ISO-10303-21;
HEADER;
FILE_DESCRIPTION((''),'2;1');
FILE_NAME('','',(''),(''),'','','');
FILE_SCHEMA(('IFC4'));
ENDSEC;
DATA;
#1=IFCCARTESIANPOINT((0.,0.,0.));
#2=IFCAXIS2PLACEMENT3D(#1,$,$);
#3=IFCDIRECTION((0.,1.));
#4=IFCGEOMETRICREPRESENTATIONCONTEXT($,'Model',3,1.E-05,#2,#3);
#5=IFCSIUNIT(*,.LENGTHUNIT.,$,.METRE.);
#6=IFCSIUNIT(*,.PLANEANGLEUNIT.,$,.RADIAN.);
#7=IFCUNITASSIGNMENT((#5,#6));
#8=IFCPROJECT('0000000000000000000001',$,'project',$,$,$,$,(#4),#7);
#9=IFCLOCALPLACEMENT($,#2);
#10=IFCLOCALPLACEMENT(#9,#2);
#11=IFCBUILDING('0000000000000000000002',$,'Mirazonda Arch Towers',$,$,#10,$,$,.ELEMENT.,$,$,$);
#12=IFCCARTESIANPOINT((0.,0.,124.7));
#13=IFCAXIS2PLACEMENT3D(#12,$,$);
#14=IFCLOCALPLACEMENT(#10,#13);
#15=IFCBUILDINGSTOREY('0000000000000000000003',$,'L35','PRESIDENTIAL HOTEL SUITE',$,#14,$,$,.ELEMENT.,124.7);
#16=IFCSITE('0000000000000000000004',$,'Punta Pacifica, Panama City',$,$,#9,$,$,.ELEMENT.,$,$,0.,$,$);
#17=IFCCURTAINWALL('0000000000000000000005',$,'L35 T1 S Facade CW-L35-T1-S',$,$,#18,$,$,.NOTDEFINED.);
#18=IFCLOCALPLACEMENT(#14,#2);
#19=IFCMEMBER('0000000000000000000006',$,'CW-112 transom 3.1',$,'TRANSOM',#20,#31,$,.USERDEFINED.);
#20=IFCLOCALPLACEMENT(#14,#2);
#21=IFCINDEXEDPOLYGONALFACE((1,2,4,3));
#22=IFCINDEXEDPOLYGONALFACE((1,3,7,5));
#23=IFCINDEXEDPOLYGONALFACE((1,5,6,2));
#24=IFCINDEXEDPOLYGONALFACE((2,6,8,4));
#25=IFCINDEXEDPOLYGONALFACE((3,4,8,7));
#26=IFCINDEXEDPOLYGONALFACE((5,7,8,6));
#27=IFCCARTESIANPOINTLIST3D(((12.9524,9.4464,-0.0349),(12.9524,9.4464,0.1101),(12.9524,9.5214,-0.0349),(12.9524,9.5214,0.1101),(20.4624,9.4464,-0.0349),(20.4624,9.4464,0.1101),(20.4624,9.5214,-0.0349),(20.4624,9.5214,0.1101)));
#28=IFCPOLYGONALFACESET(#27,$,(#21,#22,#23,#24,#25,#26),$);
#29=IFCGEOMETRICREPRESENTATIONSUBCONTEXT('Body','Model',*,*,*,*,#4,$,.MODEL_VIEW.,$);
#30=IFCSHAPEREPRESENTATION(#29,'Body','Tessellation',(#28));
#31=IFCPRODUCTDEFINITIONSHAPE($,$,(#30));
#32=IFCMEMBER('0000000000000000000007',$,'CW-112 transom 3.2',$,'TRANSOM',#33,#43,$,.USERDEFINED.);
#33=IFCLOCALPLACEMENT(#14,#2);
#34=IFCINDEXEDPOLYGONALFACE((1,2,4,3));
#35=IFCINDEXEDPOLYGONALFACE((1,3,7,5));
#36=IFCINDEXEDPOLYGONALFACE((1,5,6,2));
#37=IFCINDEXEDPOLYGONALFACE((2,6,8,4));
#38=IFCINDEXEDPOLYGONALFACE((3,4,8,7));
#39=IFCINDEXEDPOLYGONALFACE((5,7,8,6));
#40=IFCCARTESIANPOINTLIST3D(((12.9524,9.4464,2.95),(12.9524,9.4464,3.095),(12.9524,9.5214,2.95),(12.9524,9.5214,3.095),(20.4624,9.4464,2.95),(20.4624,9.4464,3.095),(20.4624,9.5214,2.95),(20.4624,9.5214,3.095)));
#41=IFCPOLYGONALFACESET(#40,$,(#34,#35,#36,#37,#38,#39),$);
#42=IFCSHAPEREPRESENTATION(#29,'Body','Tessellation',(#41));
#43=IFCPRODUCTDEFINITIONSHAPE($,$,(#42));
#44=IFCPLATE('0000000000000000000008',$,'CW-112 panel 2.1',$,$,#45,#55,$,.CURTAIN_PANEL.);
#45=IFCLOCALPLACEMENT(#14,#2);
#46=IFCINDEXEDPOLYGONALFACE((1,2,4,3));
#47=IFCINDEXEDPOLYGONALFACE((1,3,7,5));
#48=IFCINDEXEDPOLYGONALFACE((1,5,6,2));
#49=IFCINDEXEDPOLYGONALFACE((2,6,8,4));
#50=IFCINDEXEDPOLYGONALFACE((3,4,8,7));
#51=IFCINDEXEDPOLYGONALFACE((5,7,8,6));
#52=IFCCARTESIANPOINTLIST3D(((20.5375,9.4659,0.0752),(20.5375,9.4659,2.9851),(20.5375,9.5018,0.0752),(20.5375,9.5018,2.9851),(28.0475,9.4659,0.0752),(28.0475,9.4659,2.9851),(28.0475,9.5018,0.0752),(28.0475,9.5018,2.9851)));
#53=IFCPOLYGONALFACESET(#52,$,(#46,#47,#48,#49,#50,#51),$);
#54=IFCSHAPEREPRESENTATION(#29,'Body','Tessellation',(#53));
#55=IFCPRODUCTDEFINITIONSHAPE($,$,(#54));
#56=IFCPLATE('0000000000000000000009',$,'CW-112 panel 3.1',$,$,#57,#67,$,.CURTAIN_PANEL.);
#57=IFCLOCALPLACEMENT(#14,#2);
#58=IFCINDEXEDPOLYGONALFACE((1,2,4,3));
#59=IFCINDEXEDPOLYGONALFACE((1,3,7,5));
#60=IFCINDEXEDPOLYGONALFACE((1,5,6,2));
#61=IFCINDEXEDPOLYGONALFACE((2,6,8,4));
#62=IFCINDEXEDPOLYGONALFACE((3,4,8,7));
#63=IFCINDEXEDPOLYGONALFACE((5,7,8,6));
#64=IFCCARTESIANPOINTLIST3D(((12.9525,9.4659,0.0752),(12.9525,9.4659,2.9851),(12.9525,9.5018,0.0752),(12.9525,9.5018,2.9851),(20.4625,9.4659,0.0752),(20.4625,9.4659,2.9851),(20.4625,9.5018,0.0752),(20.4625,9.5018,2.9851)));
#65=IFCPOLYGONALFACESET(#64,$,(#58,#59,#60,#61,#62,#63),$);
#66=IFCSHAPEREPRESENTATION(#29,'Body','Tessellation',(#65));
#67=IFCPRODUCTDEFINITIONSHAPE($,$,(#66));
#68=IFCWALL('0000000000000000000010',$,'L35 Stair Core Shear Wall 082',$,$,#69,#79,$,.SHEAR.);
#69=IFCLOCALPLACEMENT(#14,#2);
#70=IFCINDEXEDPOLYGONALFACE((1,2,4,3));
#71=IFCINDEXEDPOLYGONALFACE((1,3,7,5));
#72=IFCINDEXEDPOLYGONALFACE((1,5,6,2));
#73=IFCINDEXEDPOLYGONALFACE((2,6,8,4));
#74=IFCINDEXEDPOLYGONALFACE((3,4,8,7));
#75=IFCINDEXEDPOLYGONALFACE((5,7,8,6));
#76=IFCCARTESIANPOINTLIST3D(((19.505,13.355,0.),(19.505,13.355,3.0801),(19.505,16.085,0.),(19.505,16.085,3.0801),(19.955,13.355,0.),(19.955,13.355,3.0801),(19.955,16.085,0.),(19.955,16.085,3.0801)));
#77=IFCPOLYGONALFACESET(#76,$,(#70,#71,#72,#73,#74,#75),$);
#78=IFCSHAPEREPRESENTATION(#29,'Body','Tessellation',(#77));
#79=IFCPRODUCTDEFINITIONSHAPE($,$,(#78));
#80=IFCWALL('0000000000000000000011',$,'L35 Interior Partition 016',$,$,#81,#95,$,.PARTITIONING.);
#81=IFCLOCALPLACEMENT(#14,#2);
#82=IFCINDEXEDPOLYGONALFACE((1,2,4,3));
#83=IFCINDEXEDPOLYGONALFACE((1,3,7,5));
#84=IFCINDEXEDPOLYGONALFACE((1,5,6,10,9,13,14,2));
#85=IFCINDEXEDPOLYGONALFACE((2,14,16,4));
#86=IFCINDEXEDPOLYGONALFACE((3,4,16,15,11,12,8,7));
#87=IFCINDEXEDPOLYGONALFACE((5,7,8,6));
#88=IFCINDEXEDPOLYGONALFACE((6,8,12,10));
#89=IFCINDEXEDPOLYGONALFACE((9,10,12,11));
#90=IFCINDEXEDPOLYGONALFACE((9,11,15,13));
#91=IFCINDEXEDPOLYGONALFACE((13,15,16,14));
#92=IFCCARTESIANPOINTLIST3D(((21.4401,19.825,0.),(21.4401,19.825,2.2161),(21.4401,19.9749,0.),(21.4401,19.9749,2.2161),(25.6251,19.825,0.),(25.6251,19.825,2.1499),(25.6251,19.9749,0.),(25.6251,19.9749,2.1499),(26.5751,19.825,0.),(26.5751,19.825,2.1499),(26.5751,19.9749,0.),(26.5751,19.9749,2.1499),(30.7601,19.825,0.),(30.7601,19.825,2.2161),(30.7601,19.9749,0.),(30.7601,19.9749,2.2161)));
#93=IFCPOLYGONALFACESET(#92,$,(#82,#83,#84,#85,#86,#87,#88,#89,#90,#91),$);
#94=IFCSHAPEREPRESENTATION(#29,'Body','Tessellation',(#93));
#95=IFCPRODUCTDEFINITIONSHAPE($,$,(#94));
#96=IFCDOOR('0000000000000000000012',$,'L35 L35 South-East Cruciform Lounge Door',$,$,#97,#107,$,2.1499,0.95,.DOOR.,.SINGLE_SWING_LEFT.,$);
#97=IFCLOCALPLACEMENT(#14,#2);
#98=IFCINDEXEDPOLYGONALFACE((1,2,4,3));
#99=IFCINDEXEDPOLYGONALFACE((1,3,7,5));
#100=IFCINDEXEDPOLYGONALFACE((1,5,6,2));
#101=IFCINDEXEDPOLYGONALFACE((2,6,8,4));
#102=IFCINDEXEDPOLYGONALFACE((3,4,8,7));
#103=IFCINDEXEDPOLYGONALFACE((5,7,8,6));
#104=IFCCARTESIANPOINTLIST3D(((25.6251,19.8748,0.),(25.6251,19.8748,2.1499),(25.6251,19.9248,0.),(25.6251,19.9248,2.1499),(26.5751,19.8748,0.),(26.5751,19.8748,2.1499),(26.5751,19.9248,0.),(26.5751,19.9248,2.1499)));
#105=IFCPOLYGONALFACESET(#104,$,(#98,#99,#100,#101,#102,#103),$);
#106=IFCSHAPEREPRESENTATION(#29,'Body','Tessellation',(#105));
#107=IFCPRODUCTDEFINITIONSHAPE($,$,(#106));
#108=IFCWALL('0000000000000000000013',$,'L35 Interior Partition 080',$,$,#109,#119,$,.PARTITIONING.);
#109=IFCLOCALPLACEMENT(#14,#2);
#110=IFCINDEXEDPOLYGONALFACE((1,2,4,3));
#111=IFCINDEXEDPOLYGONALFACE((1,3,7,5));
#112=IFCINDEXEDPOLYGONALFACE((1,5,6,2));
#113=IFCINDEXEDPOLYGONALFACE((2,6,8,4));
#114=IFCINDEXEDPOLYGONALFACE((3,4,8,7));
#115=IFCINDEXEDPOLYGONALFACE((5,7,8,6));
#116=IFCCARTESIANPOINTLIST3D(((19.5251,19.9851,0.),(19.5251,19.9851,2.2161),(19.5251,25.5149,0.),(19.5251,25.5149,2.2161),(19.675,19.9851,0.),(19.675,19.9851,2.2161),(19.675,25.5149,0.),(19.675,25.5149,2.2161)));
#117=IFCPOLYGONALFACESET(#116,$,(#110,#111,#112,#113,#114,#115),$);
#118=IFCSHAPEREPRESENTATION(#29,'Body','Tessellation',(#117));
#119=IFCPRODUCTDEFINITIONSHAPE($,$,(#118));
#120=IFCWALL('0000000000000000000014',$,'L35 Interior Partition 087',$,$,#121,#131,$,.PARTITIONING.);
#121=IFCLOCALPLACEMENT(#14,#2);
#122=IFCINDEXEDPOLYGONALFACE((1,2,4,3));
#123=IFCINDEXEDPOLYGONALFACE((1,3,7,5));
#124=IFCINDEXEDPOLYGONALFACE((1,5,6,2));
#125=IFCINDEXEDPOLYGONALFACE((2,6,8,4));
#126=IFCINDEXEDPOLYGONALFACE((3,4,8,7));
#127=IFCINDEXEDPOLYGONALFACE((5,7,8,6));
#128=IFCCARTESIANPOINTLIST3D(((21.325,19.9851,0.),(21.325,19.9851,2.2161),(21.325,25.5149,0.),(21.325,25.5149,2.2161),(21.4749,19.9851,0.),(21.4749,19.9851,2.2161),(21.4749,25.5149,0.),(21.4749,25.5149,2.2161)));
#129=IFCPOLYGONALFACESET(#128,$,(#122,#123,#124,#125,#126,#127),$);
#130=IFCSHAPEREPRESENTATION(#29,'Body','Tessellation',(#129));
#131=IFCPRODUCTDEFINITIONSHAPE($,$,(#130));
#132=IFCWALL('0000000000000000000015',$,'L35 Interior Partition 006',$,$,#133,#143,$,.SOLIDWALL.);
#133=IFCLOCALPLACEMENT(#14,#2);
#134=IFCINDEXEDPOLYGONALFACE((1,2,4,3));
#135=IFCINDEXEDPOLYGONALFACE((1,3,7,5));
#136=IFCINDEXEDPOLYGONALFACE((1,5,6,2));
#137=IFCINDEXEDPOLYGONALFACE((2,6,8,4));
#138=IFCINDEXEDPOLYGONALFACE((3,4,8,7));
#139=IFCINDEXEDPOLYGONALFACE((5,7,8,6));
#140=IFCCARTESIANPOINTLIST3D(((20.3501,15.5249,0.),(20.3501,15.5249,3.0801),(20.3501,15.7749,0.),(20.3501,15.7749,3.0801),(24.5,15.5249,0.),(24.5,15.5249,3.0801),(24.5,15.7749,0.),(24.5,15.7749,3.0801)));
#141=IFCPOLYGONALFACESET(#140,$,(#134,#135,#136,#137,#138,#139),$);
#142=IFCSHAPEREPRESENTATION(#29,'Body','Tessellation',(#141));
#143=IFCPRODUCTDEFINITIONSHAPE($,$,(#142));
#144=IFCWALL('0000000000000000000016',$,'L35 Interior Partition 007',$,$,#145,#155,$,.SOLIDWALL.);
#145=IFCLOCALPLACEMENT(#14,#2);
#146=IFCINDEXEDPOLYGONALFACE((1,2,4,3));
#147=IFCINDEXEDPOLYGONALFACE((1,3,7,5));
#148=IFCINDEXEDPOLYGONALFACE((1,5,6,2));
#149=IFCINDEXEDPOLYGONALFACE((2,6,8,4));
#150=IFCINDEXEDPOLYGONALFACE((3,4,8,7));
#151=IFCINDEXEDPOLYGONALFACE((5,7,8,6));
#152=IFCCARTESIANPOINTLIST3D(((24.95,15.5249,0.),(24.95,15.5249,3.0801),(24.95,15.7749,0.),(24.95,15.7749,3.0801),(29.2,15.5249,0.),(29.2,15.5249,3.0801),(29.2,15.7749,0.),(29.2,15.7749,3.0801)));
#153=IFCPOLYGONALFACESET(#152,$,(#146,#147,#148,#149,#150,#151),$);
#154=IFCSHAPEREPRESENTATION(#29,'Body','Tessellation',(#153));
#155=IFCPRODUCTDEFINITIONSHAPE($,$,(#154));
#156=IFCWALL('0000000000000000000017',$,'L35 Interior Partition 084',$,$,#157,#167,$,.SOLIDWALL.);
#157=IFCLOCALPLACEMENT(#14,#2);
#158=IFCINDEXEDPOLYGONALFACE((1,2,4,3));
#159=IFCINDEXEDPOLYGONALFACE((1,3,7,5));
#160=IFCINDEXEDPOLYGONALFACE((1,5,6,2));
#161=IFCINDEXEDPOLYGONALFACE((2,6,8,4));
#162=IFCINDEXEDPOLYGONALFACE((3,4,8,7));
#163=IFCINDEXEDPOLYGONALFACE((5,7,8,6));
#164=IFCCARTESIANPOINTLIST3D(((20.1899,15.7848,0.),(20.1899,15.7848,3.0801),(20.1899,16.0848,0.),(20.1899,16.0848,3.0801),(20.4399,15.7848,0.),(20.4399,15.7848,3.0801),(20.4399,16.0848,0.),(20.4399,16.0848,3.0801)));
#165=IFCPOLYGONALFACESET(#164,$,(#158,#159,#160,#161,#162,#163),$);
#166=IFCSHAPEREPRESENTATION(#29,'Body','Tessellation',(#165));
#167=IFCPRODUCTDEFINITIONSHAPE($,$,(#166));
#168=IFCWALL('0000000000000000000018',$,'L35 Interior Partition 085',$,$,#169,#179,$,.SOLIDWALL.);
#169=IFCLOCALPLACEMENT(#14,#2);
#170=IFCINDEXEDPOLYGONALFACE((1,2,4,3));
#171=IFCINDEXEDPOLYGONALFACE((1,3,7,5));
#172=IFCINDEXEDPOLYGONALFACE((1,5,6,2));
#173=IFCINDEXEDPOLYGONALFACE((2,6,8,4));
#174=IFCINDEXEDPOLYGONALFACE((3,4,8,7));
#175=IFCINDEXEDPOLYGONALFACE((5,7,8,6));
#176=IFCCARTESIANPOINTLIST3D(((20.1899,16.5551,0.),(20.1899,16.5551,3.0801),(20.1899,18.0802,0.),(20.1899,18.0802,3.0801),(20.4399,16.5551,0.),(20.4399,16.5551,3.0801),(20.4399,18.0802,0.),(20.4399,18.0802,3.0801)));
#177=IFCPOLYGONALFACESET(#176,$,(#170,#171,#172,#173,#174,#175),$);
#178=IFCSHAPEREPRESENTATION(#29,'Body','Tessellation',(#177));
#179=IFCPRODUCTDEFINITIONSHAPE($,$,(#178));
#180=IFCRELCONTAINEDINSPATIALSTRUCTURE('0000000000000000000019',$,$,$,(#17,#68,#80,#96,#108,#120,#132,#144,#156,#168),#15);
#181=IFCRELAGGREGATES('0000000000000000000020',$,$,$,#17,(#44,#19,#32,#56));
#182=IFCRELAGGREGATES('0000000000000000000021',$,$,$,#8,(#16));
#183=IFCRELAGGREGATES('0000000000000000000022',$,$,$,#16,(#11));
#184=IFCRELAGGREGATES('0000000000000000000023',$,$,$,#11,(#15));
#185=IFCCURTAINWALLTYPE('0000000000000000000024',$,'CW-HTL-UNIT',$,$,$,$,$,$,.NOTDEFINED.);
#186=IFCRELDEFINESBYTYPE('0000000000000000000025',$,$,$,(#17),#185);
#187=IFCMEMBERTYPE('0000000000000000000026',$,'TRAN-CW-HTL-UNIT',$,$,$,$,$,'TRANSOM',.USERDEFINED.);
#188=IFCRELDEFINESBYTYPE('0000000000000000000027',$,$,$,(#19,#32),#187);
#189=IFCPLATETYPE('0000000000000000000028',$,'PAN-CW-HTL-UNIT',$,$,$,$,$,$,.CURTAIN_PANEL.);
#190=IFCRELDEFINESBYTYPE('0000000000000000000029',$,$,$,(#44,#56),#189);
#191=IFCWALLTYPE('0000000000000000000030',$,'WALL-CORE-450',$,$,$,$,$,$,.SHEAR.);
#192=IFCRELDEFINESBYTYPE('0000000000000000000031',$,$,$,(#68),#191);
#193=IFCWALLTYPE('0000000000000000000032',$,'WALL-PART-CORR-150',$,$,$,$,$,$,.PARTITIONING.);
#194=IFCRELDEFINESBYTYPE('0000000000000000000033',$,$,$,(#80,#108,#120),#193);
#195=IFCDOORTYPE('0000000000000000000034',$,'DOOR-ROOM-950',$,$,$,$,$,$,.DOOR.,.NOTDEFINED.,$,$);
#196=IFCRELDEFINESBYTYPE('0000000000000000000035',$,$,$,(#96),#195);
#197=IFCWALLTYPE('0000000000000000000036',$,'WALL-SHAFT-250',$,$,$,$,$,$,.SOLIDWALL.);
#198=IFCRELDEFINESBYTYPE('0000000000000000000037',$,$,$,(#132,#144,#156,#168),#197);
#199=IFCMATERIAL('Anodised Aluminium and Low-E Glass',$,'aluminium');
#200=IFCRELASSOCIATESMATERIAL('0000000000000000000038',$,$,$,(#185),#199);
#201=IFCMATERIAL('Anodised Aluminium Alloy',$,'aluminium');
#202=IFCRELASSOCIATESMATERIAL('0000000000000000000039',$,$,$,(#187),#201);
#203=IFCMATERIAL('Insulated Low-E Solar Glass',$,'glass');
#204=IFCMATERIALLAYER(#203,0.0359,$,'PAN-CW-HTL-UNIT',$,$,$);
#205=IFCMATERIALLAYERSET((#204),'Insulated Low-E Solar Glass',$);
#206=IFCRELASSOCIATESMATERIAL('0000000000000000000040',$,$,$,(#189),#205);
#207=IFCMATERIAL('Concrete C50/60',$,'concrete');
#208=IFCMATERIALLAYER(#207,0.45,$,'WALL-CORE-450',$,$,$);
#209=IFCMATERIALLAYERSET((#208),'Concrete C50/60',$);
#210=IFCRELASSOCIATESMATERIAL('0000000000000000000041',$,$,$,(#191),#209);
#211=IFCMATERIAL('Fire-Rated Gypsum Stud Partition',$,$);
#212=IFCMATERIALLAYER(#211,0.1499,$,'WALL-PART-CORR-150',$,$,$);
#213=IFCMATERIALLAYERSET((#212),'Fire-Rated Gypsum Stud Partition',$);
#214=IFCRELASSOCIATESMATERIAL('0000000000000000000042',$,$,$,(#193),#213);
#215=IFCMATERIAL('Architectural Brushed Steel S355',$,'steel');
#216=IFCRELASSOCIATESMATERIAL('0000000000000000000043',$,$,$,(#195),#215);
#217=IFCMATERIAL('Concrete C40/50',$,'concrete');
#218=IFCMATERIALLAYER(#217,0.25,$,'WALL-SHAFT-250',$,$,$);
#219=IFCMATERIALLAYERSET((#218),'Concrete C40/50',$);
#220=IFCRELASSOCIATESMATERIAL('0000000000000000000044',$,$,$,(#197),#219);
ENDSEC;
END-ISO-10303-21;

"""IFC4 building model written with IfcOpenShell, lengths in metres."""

from ifc_helpers import new_model, si_unit, direction, frame, frame_2d, origin, origin_2d, place, context, subcontext, project, spatial, rectangle, extrude, material, layer, layer_set, material_profile, profile_set, type_object, element, fill, aggregate, save


model = new_model("IFC4")

# Units and contexts
model_context = context("Model", 3, precision=1e-05, world=origin(), true_north=direction((0.0, 1.0)))
body_context = subcontext(model_context, "Body", "Model", "MODEL_VIEW")
ifc_project = project(units=[si_unit("LENGTHUNIT", "METRE"), si_unit("PLANEANGLEUNIT", "RADIAN")], contexts=[model_context])

# Site, building, storey
site_placement = place(None, origin())
site = spatial("IfcSite", under=ifc_project, at=site_placement, Name="Punta Pacifica, Panama City", CompositionType="ELEMENT", RefElevation=0.0)
building_placement = place(site_placement, origin())
building = spatial("IfcBuilding", under=site, at=building_placement, Name="Mirazonda Arch Towers", CompositionType="ELEMENT")
storey_placement = place(building_placement, frame((0.0, 0.0, 124.7)))
storey = spatial("IfcBuildingStorey", under=building, at=storey_placement, Name="L35", Description="PRESIDENTIAL HOTEL SUITE", CompositionType="ELEMENT", Elevation=124.7)

# Shared definitions
ifc_material_1 = material(Name="Concrete C50/60", Category="concrete")

# Curtain wall, members, plates
ifc_material_2 = material(Name="Anodised Aluminium and Low-E Glass", Category="aluminium")
curtain_wall_type = type_object("IfcCurtainWallType", Name="CW-HTL-UNIT", PredefinedType="NOTDEFINED", material=ifc_material_2)
curtain_wall_placement = place(storey_placement, origin())
curtain_wall = element("IfcCurtainWall", 1, at=curtain_wall_placement, inside=storey, type_object=curtain_wall_type, Name="L35 T1 S Facade CW-L35-T1-S", PredefinedType="NOTDEFINED")
ifc_material_3 = material(Name="Anodised Aluminium Alloy", Category="aluminium")
ifc_material_profile_1 = material_profile(ifc_material_3, rectangle(XDim=0.075, YDim=0.145, at=origin_2d()), Name="ALU-TRAN-75x145")
ifc_profile_set_1 = profile_set([ifc_material_profile_1], Name="Anodised Aluminium Alloy")
member_type_1 = type_object("IfcMemberType", Name="TRAN-CW-HTL-UNIT", ElementType="TRANSOM", PredefinedType="USERDEFINED", material=ifc_profile_set_1)
member_1_placement = place(storey_placement, frame((20.4624, 9.4839, 0.0376), z_axis=(-1.0, 0.0, 0.0), x_axis=(0.0, -1.0, 0.0)))
member_1 = element("IfcMember", 2, at=member_1_placement, type_object=member_type_1, Name="CW-112 transom 3.1", ObjectType="TRANSOM", PredefinedType="USERDEFINED", context=body_context, shape_type="SweptSolid", body=[
    extrude(rectangle(XDim=0.075, YDim=0.145, at=origin_2d()), origin(), (0.0, 0.0, 1.0), 7.51),
])
member_2_placement = place(storey_placement, frame((20.4624, 9.4839, 3.0225), z_axis=(-1.0, 0.0, 0.0), x_axis=(0.0, -1.0, 0.0)))
member_2 = element("IfcMember", 3, at=member_2_placement, type_object=member_type_1, Name="CW-112 transom 3.2", ObjectType="TRANSOM", PredefinedType="USERDEFINED", context=body_context, shape_type="SweptSolid", body=[
    extrude(rectangle(XDim=0.075, YDim=0.145, at=origin_2d()), origin(), (0.0, 0.0, 1.0), 7.51),
])
ifc_material_4 = material(Name="Insulated Low-E Solar Glass", Category="glass")
ifc_layer_1 = layer(ifc_material_4, 0.0359, Name="PAN-CW-HTL-UNIT")
ifc_layer_set_1 = layer_set([ifc_layer_1], Name="Insulated Low-E Solar Glass")
plate_type = type_object("IfcPlateType", Name="PAN-CW-HTL-UNIT", PredefinedType="CURTAIN_PANEL", material=ifc_layer_set_1)
plate_1_placement = place(storey_placement, frame((24.2925, 9.4839, 0.0752), z_axis=(0.0, 0.0, 1.0), x_axis=(-1.0, 0.0, 0.0)))
plate_1 = element("IfcPlate", 4, at=plate_1_placement, type_object=plate_type, Name="CW-112 panel 2.1", PredefinedType="CURTAIN_PANEL", context=body_context, shape_type="SweptSolid", body=[
    extrude(rectangle(XDim=7.51, YDim=0.0359, at=origin_2d()), origin(), (0.0, 0.0, 1.0), 2.9099),
])
plate_2_placement = place(storey_placement, frame((16.7075, 9.4839, 0.0752), z_axis=(0.0, 0.0, 1.0), x_axis=(-1.0, 0.0, 0.0)))
plate_2 = element("IfcPlate", 5, at=plate_2_placement, type_object=plate_type, Name="CW-112 panel 3.1", PredefinedType="CURTAIN_PANEL", context=body_context, shape_type="SweptSolid", body=[
    extrude(rectangle(XDim=7.51, YDim=0.0359, at=origin_2d()), origin(), (0.0, 0.0, 1.0), 2.9099),
])
aggregate(curtain_wall, [plate_1, member_1, member_2, plate_2])

# Wall
ifc_layer_2 = layer(ifc_material_1, 0.45, Name="WALL-CORE-450")
ifc_layer_set_2 = layer_set([ifc_layer_2], Name="Concrete C50/60")
wall_type_1 = type_object("IfcWallType", Name="WALL-CORE-450", PredefinedType="SHEAR", material=ifc_layer_set_2)
wall_1_placement = place(storey_placement, frame((19.73, 13.355, 0.0), z_axis=(0.0, 0.0, 1.0), x_axis=(0.0, 1.0, 0.0)))
element("IfcWall", 6, at=wall_1_placement, inside=storey, type_object=wall_type_1, Name="L35 Stair Core Shear Wall 082", PredefinedType="SHEAR", context=body_context, shape_type="SweptSolid", body=[
    extrude(rectangle(XDim=2.73, YDim=0.45, at=frame_2d((1.365, 0.0))), origin(), (0.0, 0.0, 1.0), 3.0801),
])

# Wall, opening, door
ifc_material_5 = material(Name="Fire-Rated Gypsum Stud Partition")
ifc_layer_3 = layer(ifc_material_5, 0.1499, Name="WALL-PART-CORR-150")
ifc_layer_set_3 = layer_set([ifc_layer_3], Name="Fire-Rated Gypsum Stud Partition")
wall_type_2 = type_object("IfcWallType", Name="WALL-PART-CORR-150", PredefinedType="PARTITIONING", material=ifc_layer_set_3)
wall_2_placement = place(storey_placement, frame((21.4399, 19.8999, 0.0), z_axis=(0.0, 0.0, 1.0), x_axis=(1.0, 0.0, 0.0)))
wall_2 = element("IfcWall", 7, at=wall_2_placement, inside=storey, type_object=wall_type_2, Name="L35 Interior Partition 016", PredefinedType="PARTITIONING", context=body_context, shape_type="SweptSolid", body=[
    extrude(rectangle(XDim=9.3201, YDim=0.1499, at=frame_2d((4.6602, 0.0))), origin(), (0.0, 0.0, 1.0), 2.2161),
])
opening_placement = place(wall_2_placement, frame((4.1851, 0.0, 0.0)))
opening = element("IfcOpeningElement", 8, at=opening_placement, cuts=wall_2, PredefinedType="OPENING", context=body_context, shape_type="SweptSolid", body=[
    extrude(rectangle(XDim=0.95, YDim=2.1499, at=frame_2d((0.4751, 1.075))), frame((0.0, 0.085, 0.0), z_axis=(0.0, -1.0, 0.0), x_axis=(1.0, 0.0, 0.0)), (0.0, 0.0, 1.0), 0.1699),
])
ifc_material_6 = material(Name="Architectural Brushed Steel S355", Category="steel")
door_type = type_object("IfcDoorType", Name="DOOR-ROOM-950", OperationType="NOTDEFINED", PredefinedType="DOOR", material=ifc_material_6)
door_placement = place(opening_placement, origin())
door = element("IfcDoor", 9, at=door_placement, inside=storey, type_object=door_type, Name="L35 L35 South-East Cruciform Lounge Door", OperationType="SINGLE_SWING_LEFT", OverallHeight=2.1499, OverallWidth=0.95, PredefinedType="DOOR", context=body_context, shape_type="SweptSolid", body=[
    extrude(rectangle(XDim=0.95, YDim=2.1499, at=frame_2d((0.4751, 1.075))), frame((0.0, 0.0249, 0.0), z_axis=(0.0, -1.0, 0.0), x_axis=(1.0, 0.0, 0.0)), (0.0, 0.0, 1.0), 0.05),
])
fill(opening, door)

# Walls
for number, where, z_axis, x_axis, name in (
    (10, (19.6001, 19.9851, 0.0), (0.0, 0.0, 1.0), (0.0, 1.0, 0.0), "L35 Interior Partition 080"),
    (11, (21.3999, 19.9851, 0.0), (0.0, 0.0, 1.0), (0.0, 1.0, 0.0), "L35 Interior Partition 087"),
):
    element("IfcWall", number, at=place(storey_placement, frame(where, z_axis=z_axis, x_axis=x_axis)), inside=storey, type_object=wall_type_2, Name=name, PredefinedType="PARTITIONING", context=body_context, shape_type="SweptSolid", body=[
        extrude(rectangle(XDim=5.5298, YDim=0.1499, at=frame_2d((2.7649, 0.0))), origin(), (0.0, 0.0, 1.0), 2.2161),
    ])
ifc_material_7 = material(Name="Concrete C40/50", Category="concrete")
ifc_layer_4 = layer(ifc_material_7, 0.25, Name="WALL-SHAFT-250")
ifc_layer_set_4 = layer_set([ifc_layer_4], Name="Concrete C40/50")
wall_type_3 = type_object("IfcWallType", Name="WALL-SHAFT-250", PredefinedType="SOLIDWALL", material=ifc_layer_set_4)
wall_3_placement = place(storey_placement, frame((20.3501, 15.6499, 0.0), z_axis=(0.0, 0.0, 1.0), x_axis=(1.0, 0.0, 0.0)))
element("IfcWall", 12, at=wall_3_placement, inside=storey, type_object=wall_type_3, Name="L35 Interior Partition 006", PredefinedType="SOLIDWALL", context=body_context, shape_type="SweptSolid", body=[
    extrude(rectangle(XDim=4.1499, YDim=0.25, at=frame_2d((2.075, 0.0))), origin(), (0.0, 0.0, 1.0), 3.0801),
])
wall_4_placement = place(storey_placement, frame((24.95, 15.6499, 0.0), z_axis=(0.0, 0.0, 1.0), x_axis=(1.0, 0.0, 0.0)))
element("IfcWall", 13, at=wall_4_placement, inside=storey, type_object=wall_type_3, Name="L35 Interior Partition 007", PredefinedType="SOLIDWALL", context=body_context, shape_type="SweptSolid", body=[
    extrude(rectangle(XDim=4.25, YDim=0.25, at=frame_2d((2.125, 0.0))), origin(), (0.0, 0.0, 1.0), 3.0801),
])
wall_5_placement = place(storey_placement, frame((20.3149, 15.7849, 0.0), z_axis=(0.0, 0.0, 1.0), x_axis=(0.0, 1.0, 0.0)))
element("IfcWall", 14, at=wall_5_placement, inside=storey, type_object=wall_type_3, Name="L35 Interior Partition 084", PredefinedType="SOLIDWALL", context=body_context, shape_type="SweptSolid", body=[
    extrude(rectangle(XDim=0.3, YDim=0.25, at=frame_2d((0.1499, 0.0))), origin(), (0.0, 0.0, 1.0), 3.0801),
])
wall_6_placement = place(storey_placement, frame((20.3149, 16.5549, 0.0), z_axis=(0.0, 0.0, 1.0), x_axis=(0.0, 1.0, 0.0)))
element("IfcWall", 15, at=wall_6_placement, inside=storey, type_object=wall_type_3, Name="L35 Interior Partition 085", PredefinedType="SOLIDWALL", context=body_context, shape_type="SweptSolid", body=[
    extrude(rectangle(XDim=1.5251, YDim=0.25, at=frame_2d((0.7627, 0.0))), origin(), (0.0, 0.0, 1.0), 3.0801),
])

save(model, "model.ifc")
